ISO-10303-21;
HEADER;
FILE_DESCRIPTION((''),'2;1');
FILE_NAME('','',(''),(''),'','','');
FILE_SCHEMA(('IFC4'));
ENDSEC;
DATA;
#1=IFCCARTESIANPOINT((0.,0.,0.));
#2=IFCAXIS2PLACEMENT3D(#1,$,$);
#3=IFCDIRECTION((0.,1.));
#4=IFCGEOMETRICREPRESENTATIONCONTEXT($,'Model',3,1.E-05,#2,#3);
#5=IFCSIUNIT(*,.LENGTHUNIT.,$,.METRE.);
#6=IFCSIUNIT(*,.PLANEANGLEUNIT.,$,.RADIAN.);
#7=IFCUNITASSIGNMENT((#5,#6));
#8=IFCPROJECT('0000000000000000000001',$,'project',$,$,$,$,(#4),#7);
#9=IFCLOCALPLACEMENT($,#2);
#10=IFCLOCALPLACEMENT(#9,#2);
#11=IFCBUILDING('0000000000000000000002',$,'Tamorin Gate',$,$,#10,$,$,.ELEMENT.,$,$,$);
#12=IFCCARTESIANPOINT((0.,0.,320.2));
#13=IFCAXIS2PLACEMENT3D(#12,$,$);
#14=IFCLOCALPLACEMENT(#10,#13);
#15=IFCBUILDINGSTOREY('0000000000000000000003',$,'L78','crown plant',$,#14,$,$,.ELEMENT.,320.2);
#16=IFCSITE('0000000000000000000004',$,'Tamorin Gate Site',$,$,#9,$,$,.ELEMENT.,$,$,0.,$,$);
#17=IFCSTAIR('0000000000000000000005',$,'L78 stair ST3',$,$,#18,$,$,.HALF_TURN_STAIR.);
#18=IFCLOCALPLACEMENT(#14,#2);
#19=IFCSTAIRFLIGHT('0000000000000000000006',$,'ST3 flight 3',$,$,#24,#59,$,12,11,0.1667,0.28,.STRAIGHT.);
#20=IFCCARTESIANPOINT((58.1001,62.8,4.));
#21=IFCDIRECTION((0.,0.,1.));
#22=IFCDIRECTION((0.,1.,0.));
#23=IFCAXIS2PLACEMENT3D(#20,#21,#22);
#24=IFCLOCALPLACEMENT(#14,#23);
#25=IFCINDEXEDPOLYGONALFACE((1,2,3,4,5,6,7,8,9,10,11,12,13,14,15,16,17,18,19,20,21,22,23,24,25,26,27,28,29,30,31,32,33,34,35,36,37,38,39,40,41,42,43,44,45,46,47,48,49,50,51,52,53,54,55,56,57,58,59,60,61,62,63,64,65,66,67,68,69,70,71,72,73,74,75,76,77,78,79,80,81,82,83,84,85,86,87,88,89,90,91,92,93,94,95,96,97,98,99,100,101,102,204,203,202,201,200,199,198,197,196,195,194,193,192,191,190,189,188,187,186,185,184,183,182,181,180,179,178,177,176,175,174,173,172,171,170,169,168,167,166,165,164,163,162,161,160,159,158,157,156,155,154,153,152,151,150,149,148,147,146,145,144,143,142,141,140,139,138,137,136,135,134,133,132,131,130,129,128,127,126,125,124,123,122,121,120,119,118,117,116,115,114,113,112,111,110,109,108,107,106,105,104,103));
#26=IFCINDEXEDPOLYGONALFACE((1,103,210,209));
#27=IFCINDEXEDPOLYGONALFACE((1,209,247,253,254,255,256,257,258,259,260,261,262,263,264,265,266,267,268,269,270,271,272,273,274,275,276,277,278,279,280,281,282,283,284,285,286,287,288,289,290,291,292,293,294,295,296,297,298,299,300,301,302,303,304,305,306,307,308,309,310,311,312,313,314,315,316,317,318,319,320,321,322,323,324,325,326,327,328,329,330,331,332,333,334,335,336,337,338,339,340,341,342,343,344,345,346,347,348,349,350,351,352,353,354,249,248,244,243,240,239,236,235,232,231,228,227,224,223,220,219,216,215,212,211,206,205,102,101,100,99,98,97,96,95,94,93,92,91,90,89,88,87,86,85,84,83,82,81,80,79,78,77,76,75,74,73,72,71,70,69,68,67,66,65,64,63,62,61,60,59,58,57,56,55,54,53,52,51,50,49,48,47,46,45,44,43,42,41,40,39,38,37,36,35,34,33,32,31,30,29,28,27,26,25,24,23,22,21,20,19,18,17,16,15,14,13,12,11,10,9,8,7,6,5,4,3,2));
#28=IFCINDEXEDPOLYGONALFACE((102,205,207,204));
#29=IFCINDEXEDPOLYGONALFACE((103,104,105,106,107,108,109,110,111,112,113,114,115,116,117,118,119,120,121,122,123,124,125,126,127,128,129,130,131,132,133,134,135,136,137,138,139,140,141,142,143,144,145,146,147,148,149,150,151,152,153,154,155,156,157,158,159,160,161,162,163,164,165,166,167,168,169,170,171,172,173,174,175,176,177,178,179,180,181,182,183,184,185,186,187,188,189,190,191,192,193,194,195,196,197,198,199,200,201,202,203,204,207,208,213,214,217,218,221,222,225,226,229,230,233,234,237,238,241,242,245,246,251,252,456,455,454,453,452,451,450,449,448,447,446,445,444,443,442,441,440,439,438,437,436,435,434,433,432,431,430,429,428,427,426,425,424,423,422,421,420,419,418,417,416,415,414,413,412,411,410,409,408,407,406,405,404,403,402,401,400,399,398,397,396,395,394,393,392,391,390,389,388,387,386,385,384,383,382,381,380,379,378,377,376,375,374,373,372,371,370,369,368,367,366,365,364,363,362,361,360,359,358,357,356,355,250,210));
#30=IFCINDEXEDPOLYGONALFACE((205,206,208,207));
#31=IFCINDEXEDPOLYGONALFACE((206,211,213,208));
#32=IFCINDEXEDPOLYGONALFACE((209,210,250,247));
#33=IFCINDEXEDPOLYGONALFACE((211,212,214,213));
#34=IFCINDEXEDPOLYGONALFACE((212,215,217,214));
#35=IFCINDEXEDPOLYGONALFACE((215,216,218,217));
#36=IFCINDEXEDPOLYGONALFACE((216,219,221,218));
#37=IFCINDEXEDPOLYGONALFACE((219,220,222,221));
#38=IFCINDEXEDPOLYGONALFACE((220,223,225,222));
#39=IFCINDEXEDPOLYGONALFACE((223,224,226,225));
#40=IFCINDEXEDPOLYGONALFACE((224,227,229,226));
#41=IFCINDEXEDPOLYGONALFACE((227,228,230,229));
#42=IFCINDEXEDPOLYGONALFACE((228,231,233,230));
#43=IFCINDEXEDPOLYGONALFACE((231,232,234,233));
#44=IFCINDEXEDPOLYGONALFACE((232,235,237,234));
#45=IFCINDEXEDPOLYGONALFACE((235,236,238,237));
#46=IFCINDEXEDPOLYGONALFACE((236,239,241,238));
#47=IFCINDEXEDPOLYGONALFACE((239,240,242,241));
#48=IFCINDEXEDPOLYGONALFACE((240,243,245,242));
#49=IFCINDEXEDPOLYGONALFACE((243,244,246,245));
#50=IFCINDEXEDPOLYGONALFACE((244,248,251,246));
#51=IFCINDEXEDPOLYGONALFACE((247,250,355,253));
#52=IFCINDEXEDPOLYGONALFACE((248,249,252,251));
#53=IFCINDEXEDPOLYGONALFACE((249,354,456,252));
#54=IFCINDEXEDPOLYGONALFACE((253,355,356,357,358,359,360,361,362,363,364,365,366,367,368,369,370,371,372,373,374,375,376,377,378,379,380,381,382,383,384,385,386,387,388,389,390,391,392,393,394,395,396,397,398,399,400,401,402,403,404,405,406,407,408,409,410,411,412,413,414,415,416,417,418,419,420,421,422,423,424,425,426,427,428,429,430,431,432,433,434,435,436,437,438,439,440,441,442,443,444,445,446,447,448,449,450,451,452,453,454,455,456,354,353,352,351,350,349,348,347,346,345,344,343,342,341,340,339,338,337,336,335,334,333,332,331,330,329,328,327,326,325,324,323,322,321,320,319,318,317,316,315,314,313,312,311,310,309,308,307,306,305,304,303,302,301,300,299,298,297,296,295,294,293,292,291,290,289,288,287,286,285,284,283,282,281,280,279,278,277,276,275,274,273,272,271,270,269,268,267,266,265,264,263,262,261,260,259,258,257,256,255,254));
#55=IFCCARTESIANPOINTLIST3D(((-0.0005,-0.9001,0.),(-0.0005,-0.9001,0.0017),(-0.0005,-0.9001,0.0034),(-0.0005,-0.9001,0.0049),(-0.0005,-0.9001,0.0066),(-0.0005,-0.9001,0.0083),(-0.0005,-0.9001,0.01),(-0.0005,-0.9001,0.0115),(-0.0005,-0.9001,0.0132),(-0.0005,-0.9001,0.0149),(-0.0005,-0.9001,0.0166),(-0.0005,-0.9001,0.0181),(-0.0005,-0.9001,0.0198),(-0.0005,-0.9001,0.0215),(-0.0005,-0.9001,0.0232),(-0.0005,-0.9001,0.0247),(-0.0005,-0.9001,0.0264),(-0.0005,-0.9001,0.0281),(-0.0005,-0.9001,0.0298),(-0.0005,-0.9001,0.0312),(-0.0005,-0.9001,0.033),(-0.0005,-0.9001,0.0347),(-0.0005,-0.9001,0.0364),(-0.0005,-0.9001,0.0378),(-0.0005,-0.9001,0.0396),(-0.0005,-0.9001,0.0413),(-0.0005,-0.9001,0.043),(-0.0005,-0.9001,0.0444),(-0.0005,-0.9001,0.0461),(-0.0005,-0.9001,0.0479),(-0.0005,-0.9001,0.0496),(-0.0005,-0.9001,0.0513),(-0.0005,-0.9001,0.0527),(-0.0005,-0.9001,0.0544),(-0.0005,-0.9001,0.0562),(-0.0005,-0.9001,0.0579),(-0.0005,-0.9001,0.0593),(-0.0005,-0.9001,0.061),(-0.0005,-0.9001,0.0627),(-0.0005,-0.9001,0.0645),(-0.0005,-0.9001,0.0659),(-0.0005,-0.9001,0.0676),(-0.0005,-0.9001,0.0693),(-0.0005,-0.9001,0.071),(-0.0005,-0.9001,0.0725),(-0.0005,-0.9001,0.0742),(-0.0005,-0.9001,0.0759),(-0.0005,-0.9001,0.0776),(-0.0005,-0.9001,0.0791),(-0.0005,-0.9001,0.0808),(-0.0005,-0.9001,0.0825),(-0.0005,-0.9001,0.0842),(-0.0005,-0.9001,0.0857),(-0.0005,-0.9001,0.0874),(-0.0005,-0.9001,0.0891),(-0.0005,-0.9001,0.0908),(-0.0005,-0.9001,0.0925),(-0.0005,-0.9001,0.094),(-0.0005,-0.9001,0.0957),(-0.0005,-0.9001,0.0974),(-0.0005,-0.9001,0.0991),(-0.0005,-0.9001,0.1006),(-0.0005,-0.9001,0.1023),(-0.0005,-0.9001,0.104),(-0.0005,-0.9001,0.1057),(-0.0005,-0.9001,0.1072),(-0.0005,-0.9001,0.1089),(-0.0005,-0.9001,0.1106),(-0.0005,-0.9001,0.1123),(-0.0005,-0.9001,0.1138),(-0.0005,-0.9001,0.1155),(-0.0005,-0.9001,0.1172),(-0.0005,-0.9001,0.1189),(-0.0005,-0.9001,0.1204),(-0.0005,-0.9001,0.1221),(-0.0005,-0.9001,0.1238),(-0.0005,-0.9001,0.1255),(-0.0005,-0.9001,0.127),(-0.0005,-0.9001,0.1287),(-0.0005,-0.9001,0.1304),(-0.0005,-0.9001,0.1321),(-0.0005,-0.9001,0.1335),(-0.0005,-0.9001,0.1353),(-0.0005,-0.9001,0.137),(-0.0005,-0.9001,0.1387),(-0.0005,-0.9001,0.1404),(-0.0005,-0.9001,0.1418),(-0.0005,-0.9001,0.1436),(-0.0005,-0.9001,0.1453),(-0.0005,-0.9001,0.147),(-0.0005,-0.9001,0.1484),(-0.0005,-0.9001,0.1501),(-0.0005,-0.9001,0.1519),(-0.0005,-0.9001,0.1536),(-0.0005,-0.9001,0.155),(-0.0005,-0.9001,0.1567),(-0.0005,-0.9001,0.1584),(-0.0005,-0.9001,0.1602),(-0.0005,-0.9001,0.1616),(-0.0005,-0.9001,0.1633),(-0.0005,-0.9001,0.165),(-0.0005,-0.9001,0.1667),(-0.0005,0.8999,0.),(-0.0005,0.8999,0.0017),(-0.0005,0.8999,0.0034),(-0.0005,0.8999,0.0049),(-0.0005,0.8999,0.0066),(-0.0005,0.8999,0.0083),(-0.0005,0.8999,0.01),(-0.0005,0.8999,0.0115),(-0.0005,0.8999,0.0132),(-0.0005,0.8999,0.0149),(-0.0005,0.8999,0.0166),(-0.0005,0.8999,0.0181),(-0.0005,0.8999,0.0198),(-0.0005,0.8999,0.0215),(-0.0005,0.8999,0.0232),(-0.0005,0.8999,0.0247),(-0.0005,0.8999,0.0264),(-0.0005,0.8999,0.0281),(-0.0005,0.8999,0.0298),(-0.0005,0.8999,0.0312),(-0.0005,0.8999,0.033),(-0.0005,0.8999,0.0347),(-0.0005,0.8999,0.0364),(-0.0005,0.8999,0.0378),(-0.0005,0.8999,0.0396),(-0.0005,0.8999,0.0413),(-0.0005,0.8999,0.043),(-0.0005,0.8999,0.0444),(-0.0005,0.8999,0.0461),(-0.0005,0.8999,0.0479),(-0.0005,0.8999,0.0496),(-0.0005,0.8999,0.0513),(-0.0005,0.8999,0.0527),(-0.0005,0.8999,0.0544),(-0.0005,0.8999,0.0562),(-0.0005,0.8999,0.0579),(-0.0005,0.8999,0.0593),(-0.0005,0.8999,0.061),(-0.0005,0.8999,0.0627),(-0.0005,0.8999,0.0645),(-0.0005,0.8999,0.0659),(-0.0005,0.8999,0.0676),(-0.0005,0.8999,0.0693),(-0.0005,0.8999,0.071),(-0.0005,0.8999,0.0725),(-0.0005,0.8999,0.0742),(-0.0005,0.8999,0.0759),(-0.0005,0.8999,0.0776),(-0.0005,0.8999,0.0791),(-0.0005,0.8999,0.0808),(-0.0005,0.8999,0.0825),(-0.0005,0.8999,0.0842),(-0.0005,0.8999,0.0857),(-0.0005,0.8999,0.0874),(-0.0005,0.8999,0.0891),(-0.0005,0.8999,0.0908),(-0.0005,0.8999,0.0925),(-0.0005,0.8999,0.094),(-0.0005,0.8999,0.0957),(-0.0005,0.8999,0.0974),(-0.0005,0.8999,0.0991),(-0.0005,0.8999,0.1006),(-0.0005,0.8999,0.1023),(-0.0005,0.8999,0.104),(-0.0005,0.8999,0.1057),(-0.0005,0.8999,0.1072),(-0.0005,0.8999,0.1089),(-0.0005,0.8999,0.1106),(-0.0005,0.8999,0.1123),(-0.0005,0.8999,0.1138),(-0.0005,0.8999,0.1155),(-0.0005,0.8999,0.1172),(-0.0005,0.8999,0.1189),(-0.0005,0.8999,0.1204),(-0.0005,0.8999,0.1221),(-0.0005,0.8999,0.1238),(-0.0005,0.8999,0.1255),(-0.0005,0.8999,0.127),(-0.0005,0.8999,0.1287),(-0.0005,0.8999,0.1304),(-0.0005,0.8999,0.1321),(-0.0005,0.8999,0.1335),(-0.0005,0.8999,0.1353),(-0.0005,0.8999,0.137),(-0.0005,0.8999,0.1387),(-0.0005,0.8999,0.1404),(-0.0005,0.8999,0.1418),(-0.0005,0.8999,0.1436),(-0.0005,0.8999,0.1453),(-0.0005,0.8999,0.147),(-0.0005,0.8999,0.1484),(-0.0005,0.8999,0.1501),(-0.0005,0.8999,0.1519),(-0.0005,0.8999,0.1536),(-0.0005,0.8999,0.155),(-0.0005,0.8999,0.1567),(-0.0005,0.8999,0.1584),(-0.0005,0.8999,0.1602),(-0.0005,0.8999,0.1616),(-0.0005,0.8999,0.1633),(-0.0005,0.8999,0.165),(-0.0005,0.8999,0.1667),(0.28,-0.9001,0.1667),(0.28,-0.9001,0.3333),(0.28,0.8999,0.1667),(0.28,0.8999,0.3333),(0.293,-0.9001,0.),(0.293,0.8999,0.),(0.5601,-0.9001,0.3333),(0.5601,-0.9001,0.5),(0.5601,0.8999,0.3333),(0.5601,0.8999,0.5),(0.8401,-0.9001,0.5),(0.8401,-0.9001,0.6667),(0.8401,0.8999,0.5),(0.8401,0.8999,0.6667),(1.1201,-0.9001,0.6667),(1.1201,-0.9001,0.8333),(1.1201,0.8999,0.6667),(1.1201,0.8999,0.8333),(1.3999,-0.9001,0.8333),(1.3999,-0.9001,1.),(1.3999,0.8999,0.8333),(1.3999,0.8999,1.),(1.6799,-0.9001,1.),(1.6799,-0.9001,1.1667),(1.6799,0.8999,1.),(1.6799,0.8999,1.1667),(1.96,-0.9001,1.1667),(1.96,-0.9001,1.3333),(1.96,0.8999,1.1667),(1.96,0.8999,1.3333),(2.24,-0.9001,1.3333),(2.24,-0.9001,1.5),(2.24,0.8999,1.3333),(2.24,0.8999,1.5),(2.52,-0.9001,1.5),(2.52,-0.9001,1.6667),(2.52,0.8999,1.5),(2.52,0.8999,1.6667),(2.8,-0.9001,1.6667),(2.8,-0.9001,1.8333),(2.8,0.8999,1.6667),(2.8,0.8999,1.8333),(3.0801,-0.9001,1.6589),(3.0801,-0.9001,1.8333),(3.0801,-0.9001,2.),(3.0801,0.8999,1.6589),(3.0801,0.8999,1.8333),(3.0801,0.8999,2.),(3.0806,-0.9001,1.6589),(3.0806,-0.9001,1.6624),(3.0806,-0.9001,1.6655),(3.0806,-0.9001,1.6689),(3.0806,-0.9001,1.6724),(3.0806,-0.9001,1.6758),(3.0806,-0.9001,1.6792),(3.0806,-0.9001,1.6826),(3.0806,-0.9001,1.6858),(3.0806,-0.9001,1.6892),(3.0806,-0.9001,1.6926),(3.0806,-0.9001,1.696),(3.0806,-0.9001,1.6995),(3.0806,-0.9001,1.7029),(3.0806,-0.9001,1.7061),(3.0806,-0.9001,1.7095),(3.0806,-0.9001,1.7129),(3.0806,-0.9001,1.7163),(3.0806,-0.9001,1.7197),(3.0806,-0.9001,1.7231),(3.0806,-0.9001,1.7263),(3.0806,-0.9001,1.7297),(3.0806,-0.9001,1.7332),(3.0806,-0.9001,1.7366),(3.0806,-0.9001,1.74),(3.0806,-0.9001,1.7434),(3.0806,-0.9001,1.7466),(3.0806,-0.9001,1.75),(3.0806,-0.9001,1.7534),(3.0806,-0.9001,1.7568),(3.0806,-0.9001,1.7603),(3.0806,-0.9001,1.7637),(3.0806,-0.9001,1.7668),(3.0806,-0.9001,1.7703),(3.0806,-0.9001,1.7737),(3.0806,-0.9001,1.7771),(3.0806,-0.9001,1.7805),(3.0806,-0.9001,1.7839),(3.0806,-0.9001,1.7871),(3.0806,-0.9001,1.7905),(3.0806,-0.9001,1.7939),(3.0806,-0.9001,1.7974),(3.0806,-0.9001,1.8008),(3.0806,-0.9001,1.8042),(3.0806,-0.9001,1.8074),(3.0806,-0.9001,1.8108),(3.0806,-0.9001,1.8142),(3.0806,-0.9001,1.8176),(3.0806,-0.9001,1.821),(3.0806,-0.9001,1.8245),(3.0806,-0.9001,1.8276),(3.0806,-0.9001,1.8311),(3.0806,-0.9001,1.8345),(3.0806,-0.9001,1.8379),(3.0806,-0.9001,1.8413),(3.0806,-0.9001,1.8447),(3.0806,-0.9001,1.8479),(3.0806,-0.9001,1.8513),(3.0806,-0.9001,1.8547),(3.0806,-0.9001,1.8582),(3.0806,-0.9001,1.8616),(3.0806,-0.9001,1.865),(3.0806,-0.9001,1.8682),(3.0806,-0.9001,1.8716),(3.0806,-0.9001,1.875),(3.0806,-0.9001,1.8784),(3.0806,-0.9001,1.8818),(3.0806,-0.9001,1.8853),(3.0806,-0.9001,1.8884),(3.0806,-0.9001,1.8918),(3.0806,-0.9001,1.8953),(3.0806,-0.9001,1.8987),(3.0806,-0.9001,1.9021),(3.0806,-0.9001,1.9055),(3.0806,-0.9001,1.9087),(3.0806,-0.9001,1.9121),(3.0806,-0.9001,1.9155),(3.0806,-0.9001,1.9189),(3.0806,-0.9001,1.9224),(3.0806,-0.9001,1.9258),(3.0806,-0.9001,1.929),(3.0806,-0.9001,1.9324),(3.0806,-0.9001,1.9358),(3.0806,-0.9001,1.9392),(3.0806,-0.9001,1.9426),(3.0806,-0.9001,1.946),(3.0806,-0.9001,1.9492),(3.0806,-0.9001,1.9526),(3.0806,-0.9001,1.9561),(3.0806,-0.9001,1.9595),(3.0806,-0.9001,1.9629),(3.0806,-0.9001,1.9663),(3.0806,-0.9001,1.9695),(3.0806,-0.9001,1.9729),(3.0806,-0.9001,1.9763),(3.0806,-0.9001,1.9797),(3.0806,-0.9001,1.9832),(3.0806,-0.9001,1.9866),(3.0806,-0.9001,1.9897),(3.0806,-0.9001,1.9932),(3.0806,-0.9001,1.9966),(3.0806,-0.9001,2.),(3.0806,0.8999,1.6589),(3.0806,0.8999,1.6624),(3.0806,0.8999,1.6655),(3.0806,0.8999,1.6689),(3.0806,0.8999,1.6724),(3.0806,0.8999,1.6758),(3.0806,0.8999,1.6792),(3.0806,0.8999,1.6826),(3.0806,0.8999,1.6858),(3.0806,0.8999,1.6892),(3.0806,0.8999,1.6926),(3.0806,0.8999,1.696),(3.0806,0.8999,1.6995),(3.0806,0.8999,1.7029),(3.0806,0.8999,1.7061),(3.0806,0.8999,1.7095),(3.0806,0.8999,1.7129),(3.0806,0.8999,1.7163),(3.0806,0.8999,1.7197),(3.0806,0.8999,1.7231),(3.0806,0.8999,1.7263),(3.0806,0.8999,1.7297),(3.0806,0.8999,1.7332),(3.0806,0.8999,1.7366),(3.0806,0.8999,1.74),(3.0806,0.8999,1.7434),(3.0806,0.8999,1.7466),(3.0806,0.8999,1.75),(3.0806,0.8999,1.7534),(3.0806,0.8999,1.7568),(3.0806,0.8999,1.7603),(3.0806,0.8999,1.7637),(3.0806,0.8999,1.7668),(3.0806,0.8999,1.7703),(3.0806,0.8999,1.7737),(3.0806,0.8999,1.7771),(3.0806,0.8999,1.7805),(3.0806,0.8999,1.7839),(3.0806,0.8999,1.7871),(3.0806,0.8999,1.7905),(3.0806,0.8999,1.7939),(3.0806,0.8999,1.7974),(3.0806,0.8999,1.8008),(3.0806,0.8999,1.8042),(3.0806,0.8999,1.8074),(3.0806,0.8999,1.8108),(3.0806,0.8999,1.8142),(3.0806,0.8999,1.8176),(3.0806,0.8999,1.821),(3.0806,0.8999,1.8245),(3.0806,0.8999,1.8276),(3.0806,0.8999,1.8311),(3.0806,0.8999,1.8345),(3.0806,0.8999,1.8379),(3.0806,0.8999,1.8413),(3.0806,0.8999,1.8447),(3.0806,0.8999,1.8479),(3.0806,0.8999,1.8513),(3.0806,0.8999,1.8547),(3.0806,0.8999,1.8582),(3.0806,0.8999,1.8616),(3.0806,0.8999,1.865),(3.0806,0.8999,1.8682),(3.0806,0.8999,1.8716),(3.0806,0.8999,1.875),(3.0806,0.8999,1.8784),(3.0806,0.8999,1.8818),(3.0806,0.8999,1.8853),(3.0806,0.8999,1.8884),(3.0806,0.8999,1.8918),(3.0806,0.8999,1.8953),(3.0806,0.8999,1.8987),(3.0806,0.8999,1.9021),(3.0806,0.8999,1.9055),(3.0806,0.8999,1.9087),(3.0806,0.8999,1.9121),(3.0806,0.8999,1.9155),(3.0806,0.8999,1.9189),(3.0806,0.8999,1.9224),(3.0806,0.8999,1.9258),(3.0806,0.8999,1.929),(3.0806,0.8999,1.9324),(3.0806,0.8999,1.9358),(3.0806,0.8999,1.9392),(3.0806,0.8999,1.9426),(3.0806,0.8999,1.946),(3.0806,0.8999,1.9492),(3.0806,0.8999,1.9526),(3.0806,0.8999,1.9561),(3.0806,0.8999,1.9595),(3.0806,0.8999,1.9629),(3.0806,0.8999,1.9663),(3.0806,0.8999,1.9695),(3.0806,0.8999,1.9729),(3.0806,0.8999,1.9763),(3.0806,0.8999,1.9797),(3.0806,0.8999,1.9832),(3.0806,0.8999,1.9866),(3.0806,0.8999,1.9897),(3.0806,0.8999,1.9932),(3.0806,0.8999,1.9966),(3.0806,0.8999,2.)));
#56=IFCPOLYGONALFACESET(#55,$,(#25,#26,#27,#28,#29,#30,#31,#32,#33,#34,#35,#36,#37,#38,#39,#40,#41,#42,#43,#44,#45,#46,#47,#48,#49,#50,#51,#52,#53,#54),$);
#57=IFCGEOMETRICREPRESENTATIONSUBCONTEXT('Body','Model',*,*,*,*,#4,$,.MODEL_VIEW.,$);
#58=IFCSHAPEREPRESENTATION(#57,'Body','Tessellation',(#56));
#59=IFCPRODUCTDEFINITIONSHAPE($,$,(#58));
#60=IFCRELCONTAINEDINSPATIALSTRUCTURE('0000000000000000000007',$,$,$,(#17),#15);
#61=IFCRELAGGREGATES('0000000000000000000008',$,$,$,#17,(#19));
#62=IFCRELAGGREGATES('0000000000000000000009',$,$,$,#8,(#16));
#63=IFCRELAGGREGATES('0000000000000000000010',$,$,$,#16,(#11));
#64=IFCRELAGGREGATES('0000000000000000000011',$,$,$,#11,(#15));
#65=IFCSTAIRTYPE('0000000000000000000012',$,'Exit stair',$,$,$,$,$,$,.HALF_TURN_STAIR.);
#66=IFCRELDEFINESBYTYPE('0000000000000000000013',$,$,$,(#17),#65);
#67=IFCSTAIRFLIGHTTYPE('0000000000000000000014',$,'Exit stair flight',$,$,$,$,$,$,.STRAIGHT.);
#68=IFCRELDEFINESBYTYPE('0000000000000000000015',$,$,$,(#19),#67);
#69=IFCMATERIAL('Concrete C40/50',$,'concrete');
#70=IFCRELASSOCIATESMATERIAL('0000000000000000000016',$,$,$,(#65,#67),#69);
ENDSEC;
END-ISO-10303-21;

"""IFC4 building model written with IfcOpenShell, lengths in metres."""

from ifc_helpers import new_model, si_unit, direction, frame, origin, place, context, subcontext, project, spatial, polyline, outline, extrude, material, type_object, element, aggregate, save


model = new_model("IFC4")

# Units and contexts
model_context = context("Model", 3, precision=1e-05, world=origin(), true_north=direction((0.0, 1.0)))
body_context = subcontext(model_context, "Body", "Model", "MODEL_VIEW")
ifc_project = project(units=[si_unit("LENGTHUNIT", "METRE"), si_unit("PLANEANGLEUNIT", "RADIAN")], contexts=[model_context])

# Site, building, storey
site_placement = place(None, origin())
site = spatial("IfcSite", under=ifc_project, at=site_placement, Name="Tamorin Gate Site", CompositionType="ELEMENT", RefElevation=0.0)
building_placement = place(site_placement, origin())
building = spatial("IfcBuilding", under=site, at=building_placement, Name="Tamorin Gate", CompositionType="ELEMENT")
storey_placement = place(building_placement, frame((0.0, 0.0, 320.2)))
storey = spatial("IfcBuildingStorey", under=building, at=storey_placement, Name="L78", Description="crown plant", CompositionType="ELEMENT", Elevation=320.2)

# Shared definitions
ifc_material_1 = material(Name="Concrete C40/50", Category="concrete")

# Stair, stair flight
stair_type = type_object("IfcStairType", Name="Exit stair", PredefinedType="HALF_TURN_STAIR", material=ifc_material_1)
stair_placement = place(storey_placement, origin())
stair = element("IfcStair", 1, at=stair_placement, inside=storey, type_object=stair_type, Name="L78 stair ST3", PredefinedType="HALF_TURN_STAIR")
stair_flight_type = type_object("IfcStairFlightType", Name="Exit stair flight", PredefinedType="STRAIGHT", material=ifc_material_1)
stair_flight_1_placement = place(storey_placement, frame((58.1001, 62.8, 4.0), z_axis=(0.0, 0.0, 1.0), x_axis=(0.0, 1.0, 0.0)))
stair_flight_1 = element("IfcStairFlight", 2, at=stair_flight_1_placement, type_object=stair_flight_type, Name="ST3 flight 3", NumberOfRisers=12, NumberOfTreads=11, PredefinedType="STRAIGHT", RiserHeight=0.1667, TreadLength=0.28, context=body_context, shape_type="SweptSolid", body=[
    extrude(outline(polyline([(-0.0005, 0.0), (-0.0005, 0.0017), (-0.0005, 0.0034), (-0.0005, 0.0049), (-0.0005, 0.0066), (-0.0005, 0.0083), (-0.0005, 0.01), (-0.0005, 0.0115), (-0.0005, 0.0132), (-0.0005, 0.0149), (-0.0005, 0.0166), (-0.0005, 0.0181), (-0.0005, 0.0198), (-0.0005, 0.0215), (-0.0005, 0.0232), (-0.0005, 0.0247), (-0.0005, 0.0264), (-0.0005, 0.0281), (-0.0005, 0.0298), (-0.0005, 0.0312), (-0.0005, 0.033), (-0.0005, 0.0347), (-0.0005, 0.0364), (-0.0005, 0.0378), (-0.0005, 0.0396), (-0.0005, 0.0413), (-0.0005, 0.043), (-0.0005, 0.0444), (-0.0005, 0.0461), (-0.0005, 0.0479), (-0.0005, 0.0496), (-0.0005, 0.0513), (-0.0005, 0.0527), (-0.0005, 0.0544), (-0.0005, 0.0562), (-0.0005, 0.0579), (-0.0005, 0.0593), (-0.0005, 0.061), (-0.0005, 0.0627), (-0.0005, 0.0645), (-0.0005, 0.0659), (-0.0005, 0.0676), (-0.0005, 0.0693), (-0.0005, 0.071), (-0.0005, 0.0725), (-0.0005, 0.0742), (-0.0005, 0.0759), (-0.0005, 0.0776), (-0.0005, 0.0791), (-0.0005, 0.0808), (-0.0005, 0.0825), (-0.0005, 0.0842), (-0.0005, 0.0857), (-0.0005, 0.0874), (-0.0005, 0.0891), (-0.0005, 0.0908), (-0.0005, 0.0925), (-0.0005, 0.094), (-0.0005, 0.0957), (-0.0005, 0.0974), (-0.0005, 0.0991), (-0.0005, 0.1006), (-0.0005, 0.1023), (-0.0005, 0.104), (-0.0005, 0.1057), (-0.0005, 0.1072), (-0.0005, 0.1089), (-0.0005, 0.1106), (-0.0005, 0.1123), (-0.0005, 0.1138), (-0.0005, 0.1155), (-0.0005, 0.1172), (-0.0005, 0.1189), (-0.0005, 0.1204), (-0.0005, 0.1221), (-0.0005, 0.1238), (-0.0005, 0.1255), (-0.0005, 0.127), (-0.0005, 0.1287), (-0.0005, 0.1304), (-0.0005, 0.1321), (-0.0005, 0.1335), (-0.0005, 0.1353), (-0.0005, 0.137), (-0.0005, 0.1387), (-0.0005, 0.1404), (-0.0005, 0.1418), (-0.0005, 0.1436), (-0.0005, 0.1453), (-0.0005, 0.147), (-0.0005, 0.1484), (-0.0005, 0.1501), (-0.0005, 0.1519), (-0.0005, 0.1536), (-0.0005, 0.155), (-0.0005, 0.1567), (-0.0005, 0.1584), (-0.0005, 0.1602), (-0.0005, 0.1616), (-0.0005, 0.1633), (-0.0005, 0.165), (-0.0005, 0.1667), (0.28, 0.1667), (0.28, 0.3333), (0.5601, 0.3333), (0.5601, 0.5), (0.8401, 0.5), (0.8401, 0.6667), (1.1201, 0.6667), (1.1201, 0.8333), (1.3999, 0.8333), (1.3999, 1.0), (1.6799, 1.0), (1.6799, 1.1667), (1.96, 1.1667), (1.96, 1.3333), (2.24, 1.3333), (2.24, 1.5), (2.52, 1.5), (2.52, 1.6667), (2.8, 1.6667), (2.8, 1.8333), (3.0801, 1.8333), (3.0801, 2.0), (3.0806, 2.0), (3.0806, 1.9966), (3.0806, 1.9932), (3.0806, 1.9897), (3.0806, 1.9866), (3.0806, 1.9832), (3.0806, 1.9797), (3.0806, 1.9763), (3.0806, 1.9729), (3.0806, 1.9695), (3.0806, 1.9663), (3.0806, 1.9629), (3.0806, 1.9595), (3.0806, 1.9561), (3.0806, 1.9526), (3.0806, 1.9492), (3.0806, 1.946), (3.0806, 1.9426), (3.0806, 1.9392), (3.0806, 1.9358), (3.0806, 1.9324), (3.0806, 1.929), (3.0806, 1.9258), (3.0806, 1.9224), (3.0806, 1.9189), (3.0806, 1.9155), (3.0806, 1.9121), (3.0806, 1.9087), (3.0806, 1.9055), (3.0806, 1.9021), (3.0806, 1.8987), (3.0806, 1.8953), (3.0806, 1.8918), (3.0806, 1.8884), (3.0806, 1.8853), (3.0806, 1.8818), (3.0806, 1.8784), (3.0806, 1.875), (3.0806, 1.8716), (3.0806, 1.8682), (3.0806, 1.865), (3.0806, 1.8616), (3.0806, 1.8582), (3.0806, 1.8547), (3.0806, 1.8513), (3.0806, 1.8479), (3.0806, 1.8447), (3.0806, 1.8413), (3.0806, 1.8379), (3.0806, 1.8345), (3.0806, 1.8311), (3.0806, 1.8276), (3.0806, 1.8245), (3.0806, 1.821), (3.0806, 1.8176), (3.0806, 1.8142), (3.0806, 1.8108), (3.0806, 1.8074), (3.0806, 1.8042), (3.0806, 1.8008), (3.0806, 1.7974), (3.0806, 1.7939), (3.0806, 1.7905), (3.0806, 1.7871), (3.0806, 1.7839), (3.0806, 1.7805), (3.0806, 1.7771), (3.0806, 1.7737), (3.0806, 1.7703), (3.0806, 1.7668), (3.0806, 1.7637), (3.0806, 1.7603), (3.0806, 1.7568), (3.0806, 1.7534), (3.0806, 1.75), (3.0806, 1.7466), (3.0806, 1.7434), (3.0806, 1.74), (3.0806, 1.7366), (3.0806, 1.7332), (3.0806, 1.7297), (3.0806, 1.7263), (3.0806, 1.7231), (3.0806, 1.7197), (3.0806, 1.7163), (3.0806, 1.7129), (3.0806, 1.7095), (3.0806, 1.7061), (3.0806, 1.7029), (3.0806, 1.6995), (3.0806, 1.696), (3.0806, 1.6926), (3.0806, 1.6892), (3.0806, 1.6858), (3.0806, 1.6826), (3.0806, 1.6792), (3.0806, 1.6758), (3.0806, 1.6724), (3.0806, 1.6689), (3.0806, 1.6655), (3.0806, 1.6624), (3.0806, 1.6589), (3.0801, 1.6589), (0.293, 0.0), (-0.0005, 0.0)])), frame((0.0, 0.8999, 0.0), z_axis=(0.0, -1.0, 0.0), x_axis=(1.0, 0.0, 0.0)), (0.0, 0.0, 1.0), 1.8),
])
aggregate(stair, [stair_flight_1])

save(model, "model.ifc")
